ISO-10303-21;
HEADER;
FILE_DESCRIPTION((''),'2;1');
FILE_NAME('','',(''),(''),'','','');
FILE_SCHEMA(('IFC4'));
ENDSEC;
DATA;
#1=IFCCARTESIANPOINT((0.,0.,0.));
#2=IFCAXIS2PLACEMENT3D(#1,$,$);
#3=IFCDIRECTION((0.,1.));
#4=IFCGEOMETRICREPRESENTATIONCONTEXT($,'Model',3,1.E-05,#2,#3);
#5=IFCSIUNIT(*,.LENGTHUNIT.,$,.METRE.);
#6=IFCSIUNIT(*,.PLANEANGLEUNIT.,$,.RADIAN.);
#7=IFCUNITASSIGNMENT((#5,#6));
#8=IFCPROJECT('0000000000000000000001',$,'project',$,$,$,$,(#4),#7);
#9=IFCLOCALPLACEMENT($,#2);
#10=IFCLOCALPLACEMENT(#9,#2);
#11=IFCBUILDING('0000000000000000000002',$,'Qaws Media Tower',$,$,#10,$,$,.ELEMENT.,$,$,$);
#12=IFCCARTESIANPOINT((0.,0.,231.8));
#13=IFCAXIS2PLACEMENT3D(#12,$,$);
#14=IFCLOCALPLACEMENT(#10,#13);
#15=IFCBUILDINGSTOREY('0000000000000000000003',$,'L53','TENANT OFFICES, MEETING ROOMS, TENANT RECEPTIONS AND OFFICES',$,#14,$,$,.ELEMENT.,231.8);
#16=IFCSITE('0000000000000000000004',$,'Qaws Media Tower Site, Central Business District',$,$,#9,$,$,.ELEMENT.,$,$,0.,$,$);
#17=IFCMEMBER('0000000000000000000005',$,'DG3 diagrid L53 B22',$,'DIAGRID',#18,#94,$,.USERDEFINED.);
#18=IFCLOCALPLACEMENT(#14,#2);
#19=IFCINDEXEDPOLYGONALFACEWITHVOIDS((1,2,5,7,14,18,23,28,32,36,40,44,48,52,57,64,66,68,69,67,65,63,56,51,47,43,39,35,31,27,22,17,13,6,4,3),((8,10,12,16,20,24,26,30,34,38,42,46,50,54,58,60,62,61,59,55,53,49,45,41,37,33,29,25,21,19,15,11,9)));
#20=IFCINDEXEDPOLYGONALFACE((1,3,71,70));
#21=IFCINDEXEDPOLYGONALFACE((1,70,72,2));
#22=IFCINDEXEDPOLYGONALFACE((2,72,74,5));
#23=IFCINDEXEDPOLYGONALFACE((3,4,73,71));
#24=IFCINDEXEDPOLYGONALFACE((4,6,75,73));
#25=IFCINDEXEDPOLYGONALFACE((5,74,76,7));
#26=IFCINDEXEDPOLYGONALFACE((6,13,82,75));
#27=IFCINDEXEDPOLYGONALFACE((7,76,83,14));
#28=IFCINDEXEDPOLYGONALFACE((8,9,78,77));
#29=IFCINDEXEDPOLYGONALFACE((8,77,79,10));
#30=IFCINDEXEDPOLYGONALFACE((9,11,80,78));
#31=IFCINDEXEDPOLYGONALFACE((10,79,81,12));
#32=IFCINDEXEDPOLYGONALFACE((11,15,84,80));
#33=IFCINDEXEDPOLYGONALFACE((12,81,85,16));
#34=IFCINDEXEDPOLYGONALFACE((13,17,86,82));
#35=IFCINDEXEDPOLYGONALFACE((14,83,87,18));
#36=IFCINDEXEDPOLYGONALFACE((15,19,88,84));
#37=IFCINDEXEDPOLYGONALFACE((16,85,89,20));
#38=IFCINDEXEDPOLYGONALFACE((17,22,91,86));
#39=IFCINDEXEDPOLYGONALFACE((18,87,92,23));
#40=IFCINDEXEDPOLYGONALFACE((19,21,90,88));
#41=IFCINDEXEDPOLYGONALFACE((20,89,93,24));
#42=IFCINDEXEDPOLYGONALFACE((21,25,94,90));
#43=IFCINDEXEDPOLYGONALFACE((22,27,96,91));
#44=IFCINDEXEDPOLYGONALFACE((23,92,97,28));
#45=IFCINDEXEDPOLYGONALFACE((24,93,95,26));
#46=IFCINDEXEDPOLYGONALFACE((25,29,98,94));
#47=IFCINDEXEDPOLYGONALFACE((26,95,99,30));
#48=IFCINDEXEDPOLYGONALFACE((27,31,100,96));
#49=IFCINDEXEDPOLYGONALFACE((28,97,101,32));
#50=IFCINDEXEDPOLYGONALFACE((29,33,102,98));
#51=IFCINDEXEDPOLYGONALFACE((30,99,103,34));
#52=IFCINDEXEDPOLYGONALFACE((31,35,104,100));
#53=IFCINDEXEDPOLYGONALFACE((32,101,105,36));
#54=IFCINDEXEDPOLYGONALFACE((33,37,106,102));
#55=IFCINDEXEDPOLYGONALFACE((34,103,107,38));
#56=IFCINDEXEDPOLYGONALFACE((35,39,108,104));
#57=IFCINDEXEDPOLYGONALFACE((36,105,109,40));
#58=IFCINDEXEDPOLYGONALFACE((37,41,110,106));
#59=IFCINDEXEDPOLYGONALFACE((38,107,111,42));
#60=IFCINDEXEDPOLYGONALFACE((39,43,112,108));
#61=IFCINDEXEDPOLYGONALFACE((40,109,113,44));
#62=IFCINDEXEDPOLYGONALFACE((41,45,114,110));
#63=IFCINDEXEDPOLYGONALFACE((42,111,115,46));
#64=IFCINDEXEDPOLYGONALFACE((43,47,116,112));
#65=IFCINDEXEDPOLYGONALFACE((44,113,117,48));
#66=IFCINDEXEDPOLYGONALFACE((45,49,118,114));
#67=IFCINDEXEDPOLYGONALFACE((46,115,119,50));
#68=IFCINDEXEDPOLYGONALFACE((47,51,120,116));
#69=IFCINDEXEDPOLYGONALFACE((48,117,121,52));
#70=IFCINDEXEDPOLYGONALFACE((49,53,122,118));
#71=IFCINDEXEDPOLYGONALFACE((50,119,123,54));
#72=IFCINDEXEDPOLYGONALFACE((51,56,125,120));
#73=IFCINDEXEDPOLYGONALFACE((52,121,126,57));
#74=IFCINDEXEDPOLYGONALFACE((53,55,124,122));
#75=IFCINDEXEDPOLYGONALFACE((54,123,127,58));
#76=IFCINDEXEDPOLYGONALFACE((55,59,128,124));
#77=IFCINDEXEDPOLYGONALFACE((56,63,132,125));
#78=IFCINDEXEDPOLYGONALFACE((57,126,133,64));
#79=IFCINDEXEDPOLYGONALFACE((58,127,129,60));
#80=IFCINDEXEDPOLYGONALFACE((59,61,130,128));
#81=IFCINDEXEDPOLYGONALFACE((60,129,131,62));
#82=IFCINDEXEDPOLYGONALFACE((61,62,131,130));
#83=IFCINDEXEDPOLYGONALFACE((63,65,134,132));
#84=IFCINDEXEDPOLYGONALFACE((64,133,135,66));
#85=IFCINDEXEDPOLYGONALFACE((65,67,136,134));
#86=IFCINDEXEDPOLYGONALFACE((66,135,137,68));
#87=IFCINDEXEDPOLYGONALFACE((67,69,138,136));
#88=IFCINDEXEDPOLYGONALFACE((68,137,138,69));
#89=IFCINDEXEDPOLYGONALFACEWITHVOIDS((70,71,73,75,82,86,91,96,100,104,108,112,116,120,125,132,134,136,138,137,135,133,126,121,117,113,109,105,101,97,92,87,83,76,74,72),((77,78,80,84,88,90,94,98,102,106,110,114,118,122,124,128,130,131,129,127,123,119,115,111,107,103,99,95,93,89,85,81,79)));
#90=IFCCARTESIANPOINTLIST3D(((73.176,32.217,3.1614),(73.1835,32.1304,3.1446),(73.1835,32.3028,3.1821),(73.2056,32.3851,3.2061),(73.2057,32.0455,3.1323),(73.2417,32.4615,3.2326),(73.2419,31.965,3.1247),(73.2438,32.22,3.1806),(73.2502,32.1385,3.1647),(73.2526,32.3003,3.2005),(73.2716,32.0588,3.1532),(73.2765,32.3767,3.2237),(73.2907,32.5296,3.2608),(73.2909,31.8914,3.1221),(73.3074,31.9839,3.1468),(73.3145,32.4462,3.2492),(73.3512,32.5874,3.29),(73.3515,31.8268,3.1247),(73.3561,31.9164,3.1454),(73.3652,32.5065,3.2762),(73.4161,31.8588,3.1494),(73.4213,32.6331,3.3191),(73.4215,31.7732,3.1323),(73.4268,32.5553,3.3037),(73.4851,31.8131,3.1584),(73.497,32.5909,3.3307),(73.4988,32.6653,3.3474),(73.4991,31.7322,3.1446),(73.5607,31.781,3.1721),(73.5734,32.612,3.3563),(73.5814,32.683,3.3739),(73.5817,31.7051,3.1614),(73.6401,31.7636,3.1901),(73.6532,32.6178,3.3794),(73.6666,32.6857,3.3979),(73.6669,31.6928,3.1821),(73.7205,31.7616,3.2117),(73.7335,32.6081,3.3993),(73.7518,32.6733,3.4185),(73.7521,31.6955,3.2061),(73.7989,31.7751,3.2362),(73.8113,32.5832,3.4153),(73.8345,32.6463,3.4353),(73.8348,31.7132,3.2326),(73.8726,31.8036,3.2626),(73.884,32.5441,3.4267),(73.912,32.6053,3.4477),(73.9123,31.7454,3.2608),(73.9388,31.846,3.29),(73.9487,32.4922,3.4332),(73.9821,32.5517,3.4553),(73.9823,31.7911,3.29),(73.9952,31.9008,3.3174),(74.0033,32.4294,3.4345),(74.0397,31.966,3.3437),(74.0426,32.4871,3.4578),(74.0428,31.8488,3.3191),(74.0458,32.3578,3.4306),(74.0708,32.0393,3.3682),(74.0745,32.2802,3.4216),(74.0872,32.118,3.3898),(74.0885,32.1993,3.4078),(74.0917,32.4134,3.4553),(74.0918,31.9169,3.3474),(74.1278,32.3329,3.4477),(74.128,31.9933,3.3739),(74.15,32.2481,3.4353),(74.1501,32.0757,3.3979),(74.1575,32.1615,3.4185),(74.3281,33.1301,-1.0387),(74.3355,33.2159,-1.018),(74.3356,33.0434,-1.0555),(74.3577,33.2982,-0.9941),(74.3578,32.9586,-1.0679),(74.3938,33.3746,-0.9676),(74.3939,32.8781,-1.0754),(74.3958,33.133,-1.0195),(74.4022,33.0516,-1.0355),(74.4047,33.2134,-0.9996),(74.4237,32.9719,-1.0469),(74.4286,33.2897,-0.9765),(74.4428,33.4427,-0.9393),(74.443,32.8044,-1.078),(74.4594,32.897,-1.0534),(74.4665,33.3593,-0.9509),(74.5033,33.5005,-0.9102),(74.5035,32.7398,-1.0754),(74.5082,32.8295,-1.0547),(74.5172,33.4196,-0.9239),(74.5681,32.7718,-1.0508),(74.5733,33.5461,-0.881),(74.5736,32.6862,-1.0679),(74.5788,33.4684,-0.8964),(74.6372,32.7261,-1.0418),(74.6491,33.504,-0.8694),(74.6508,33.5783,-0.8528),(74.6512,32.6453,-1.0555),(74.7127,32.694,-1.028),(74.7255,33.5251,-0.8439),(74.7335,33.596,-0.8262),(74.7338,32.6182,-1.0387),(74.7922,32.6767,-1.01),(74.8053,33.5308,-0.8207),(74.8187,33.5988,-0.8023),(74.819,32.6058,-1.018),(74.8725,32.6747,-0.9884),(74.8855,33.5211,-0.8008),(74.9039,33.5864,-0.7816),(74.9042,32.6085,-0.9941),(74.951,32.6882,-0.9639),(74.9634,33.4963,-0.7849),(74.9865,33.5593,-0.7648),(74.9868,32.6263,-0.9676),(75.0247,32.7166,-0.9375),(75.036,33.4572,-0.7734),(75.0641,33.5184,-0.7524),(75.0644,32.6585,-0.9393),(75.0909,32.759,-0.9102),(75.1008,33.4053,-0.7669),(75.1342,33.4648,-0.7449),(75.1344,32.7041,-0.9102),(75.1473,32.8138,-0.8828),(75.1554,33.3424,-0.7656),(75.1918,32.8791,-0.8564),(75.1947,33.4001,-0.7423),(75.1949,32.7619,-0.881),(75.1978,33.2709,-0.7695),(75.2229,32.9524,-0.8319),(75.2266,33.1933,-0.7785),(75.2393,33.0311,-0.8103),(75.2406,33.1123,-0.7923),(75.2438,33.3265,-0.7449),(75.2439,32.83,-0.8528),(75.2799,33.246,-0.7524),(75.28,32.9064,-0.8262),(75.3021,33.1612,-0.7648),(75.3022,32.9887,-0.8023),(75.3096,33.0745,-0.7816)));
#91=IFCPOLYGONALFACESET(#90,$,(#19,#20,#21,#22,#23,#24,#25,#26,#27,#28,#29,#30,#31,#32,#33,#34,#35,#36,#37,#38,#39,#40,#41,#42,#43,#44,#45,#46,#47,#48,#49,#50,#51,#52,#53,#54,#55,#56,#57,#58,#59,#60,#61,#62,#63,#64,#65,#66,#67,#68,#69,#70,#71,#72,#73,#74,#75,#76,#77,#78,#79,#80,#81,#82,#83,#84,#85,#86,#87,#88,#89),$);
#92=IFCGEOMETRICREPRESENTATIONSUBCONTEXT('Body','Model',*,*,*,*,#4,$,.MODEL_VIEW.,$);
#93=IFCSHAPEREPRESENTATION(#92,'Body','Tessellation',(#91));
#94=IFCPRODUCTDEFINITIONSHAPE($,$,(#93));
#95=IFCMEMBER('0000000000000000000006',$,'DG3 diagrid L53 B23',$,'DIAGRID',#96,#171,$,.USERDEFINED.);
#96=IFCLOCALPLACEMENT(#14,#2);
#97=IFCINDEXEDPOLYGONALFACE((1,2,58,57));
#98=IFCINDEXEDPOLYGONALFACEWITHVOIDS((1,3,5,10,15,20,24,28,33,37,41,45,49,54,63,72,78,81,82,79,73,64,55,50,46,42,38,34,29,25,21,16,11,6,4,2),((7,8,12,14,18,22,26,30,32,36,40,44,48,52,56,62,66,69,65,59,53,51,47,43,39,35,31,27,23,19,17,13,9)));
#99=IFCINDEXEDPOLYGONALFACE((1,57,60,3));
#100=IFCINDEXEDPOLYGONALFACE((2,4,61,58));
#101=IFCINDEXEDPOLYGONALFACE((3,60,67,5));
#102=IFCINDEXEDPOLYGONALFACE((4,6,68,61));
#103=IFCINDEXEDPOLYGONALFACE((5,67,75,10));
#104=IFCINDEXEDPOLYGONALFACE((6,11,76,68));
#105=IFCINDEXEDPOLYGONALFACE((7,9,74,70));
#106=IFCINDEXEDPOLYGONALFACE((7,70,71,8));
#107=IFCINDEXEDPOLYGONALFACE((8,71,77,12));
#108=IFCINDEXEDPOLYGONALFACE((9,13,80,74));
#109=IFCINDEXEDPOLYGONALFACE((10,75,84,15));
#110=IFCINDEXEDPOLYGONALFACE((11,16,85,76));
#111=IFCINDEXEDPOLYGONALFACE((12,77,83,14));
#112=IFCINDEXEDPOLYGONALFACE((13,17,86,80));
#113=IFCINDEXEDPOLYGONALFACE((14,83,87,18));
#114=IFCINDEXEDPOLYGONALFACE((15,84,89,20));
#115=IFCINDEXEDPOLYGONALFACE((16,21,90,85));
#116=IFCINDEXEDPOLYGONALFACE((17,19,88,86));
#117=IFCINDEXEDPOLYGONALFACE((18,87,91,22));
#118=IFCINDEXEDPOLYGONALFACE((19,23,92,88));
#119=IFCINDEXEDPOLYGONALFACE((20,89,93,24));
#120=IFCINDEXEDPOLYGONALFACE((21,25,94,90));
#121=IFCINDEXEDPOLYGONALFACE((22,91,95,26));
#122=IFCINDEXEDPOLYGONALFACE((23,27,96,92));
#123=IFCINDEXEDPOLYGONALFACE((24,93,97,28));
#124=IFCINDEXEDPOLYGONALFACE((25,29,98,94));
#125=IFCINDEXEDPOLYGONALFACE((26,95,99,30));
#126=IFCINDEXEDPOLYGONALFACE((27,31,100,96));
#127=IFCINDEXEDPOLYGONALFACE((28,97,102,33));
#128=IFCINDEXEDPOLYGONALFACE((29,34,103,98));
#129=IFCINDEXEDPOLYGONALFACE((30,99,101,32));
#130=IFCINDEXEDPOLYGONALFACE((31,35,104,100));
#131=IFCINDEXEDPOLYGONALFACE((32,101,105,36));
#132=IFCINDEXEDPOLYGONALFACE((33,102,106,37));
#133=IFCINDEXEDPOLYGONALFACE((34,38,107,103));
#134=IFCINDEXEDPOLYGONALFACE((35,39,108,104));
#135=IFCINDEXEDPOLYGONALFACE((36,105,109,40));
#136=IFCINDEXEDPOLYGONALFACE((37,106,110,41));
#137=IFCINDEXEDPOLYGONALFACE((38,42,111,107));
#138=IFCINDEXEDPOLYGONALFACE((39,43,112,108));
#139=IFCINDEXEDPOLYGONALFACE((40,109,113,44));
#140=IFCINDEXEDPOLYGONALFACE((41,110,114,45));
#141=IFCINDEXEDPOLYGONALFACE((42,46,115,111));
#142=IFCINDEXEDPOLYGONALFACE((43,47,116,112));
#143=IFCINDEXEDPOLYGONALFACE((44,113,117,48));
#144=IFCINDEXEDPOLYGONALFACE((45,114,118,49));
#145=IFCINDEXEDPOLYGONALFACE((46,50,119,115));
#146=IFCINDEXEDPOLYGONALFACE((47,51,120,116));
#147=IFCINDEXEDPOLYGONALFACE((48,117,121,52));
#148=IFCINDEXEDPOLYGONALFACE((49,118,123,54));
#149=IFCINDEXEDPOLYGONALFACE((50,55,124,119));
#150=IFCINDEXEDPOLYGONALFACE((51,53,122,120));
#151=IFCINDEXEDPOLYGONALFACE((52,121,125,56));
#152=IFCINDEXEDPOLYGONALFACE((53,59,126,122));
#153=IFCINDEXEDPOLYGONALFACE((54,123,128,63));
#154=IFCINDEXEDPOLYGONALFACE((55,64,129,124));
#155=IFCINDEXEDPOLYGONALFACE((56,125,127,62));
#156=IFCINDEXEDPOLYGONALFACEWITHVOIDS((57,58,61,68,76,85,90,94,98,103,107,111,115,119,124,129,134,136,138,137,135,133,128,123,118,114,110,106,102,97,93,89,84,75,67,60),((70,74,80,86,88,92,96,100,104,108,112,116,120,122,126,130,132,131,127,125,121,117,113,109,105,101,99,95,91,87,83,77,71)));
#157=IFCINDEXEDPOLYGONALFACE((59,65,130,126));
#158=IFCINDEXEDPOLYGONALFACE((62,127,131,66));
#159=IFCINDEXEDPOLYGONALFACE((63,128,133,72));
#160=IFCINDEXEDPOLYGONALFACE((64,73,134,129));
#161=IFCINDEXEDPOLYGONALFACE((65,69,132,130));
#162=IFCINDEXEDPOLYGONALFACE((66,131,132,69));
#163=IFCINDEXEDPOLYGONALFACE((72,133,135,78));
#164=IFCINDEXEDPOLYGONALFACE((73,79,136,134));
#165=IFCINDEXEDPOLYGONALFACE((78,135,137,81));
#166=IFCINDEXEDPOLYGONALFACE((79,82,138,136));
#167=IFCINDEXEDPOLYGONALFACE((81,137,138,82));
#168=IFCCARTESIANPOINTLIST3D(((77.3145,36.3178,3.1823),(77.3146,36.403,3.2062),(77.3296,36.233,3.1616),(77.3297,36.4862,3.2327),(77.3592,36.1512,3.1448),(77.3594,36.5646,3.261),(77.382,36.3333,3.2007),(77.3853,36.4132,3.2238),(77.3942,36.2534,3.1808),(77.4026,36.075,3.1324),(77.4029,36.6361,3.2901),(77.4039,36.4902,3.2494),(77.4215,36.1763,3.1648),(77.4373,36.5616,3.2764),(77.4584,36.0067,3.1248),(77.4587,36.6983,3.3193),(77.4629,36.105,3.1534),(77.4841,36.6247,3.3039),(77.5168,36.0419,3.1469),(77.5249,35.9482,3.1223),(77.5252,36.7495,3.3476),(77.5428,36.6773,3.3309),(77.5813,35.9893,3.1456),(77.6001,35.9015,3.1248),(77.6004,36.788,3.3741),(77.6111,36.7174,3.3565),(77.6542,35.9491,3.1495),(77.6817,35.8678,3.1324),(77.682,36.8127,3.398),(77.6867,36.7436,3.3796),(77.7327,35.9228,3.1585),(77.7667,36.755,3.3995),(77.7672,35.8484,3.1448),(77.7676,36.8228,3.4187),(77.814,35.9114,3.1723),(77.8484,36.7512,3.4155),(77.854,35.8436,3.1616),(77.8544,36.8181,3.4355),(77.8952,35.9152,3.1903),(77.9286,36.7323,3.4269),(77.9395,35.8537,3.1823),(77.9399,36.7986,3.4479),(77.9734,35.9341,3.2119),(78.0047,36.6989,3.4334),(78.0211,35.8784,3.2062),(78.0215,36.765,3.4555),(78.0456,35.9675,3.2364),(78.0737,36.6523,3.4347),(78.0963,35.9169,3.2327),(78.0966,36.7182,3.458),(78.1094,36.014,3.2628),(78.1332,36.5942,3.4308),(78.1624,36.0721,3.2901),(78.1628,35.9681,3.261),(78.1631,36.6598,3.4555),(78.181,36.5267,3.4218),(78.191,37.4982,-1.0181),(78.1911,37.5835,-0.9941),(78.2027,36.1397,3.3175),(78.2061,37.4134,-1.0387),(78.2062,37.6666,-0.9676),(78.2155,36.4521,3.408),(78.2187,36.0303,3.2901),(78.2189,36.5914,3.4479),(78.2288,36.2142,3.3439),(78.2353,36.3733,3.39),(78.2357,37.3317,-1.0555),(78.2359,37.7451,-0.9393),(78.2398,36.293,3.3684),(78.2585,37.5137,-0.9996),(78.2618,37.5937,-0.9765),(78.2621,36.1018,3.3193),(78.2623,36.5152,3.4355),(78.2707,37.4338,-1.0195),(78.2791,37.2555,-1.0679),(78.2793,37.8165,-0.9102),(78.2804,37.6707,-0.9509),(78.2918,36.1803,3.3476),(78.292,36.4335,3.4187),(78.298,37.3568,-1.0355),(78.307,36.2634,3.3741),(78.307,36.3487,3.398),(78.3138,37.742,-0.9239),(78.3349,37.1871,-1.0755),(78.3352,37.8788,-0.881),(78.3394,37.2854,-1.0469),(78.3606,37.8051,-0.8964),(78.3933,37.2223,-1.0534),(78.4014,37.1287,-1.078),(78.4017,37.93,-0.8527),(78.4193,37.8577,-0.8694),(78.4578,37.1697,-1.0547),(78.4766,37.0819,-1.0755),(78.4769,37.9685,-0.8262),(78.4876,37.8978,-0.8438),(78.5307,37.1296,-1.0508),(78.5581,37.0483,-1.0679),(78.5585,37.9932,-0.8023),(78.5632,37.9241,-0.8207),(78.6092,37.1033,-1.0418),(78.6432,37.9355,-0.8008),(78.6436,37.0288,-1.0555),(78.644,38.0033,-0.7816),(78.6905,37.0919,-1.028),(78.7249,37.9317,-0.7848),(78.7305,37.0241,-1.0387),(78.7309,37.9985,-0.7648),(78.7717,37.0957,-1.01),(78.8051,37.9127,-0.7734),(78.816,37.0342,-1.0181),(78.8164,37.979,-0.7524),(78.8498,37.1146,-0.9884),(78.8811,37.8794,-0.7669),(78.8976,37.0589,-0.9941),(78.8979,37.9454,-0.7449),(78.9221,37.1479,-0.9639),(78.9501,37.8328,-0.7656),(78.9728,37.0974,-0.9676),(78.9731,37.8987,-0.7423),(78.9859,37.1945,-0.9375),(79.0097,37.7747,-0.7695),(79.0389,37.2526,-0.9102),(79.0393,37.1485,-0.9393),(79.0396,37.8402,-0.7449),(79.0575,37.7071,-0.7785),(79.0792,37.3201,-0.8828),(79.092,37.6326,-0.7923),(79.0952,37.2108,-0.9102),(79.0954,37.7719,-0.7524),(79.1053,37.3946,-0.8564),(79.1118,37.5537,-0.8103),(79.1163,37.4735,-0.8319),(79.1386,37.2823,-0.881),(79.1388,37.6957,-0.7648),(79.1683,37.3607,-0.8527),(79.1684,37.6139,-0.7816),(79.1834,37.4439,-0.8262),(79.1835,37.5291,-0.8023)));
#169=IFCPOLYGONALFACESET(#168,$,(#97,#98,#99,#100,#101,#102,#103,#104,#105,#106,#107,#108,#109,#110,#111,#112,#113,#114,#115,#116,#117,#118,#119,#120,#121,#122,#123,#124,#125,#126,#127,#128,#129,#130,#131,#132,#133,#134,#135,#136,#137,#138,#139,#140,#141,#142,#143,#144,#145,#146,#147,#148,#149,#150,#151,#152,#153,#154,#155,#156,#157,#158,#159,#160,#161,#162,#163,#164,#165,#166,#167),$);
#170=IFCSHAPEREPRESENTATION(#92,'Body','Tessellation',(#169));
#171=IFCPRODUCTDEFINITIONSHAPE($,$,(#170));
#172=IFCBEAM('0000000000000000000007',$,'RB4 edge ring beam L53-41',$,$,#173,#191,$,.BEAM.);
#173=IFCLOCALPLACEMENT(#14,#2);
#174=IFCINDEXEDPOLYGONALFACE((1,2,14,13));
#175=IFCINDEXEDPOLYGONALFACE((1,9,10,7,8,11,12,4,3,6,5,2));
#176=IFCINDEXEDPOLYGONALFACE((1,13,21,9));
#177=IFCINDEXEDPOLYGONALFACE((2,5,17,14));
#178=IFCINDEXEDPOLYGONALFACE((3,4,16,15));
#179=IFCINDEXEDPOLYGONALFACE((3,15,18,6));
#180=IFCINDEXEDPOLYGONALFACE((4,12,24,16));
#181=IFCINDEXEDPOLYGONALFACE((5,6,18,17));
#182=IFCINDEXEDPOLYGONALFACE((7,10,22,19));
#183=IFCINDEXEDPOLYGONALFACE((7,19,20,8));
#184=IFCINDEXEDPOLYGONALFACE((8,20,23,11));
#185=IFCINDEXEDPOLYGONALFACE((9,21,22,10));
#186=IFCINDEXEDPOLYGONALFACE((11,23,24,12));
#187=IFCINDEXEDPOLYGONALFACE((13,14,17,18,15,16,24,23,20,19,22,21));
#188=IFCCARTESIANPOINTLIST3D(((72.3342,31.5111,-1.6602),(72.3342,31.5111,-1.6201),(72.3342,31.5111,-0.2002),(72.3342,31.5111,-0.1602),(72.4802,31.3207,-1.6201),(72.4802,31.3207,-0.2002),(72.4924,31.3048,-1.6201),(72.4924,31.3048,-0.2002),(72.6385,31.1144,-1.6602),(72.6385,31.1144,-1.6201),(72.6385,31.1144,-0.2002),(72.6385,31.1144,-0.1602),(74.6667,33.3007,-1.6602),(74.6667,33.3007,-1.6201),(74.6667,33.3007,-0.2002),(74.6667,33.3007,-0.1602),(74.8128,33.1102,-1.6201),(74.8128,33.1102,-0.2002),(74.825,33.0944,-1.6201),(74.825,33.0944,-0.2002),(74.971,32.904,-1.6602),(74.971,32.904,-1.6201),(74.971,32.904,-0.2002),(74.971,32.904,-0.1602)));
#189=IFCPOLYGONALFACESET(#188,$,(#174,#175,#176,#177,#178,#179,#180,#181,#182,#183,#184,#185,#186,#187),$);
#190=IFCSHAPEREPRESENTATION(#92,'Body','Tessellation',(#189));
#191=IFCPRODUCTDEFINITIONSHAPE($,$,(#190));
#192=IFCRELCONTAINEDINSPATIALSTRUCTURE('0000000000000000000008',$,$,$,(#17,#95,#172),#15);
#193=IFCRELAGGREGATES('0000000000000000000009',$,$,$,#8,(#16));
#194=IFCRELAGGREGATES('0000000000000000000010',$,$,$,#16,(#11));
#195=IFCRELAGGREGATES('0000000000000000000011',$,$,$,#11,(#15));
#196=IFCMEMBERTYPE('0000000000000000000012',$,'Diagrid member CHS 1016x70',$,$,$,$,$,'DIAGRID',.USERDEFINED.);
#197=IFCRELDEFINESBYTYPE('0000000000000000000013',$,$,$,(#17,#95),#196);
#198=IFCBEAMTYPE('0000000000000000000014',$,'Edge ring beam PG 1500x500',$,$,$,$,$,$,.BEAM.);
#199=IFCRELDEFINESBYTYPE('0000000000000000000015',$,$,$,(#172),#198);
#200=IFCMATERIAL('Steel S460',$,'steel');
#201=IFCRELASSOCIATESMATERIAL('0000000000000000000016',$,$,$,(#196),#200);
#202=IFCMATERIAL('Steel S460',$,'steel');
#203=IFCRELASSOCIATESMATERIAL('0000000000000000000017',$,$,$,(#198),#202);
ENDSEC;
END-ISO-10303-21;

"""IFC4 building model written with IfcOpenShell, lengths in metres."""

from ifc_helpers import new_model, si_unit, direction, frame, origin, origin_2d, place, context, subcontext, project, spatial, hollow_circle, i_section, extrude, material, material_profile, profile_set, type_object, element, save


model = new_model("IFC4")

# Units and contexts
model_context = context("Model", 3, precision=1e-05, world=origin(), true_north=direction((0.0, 1.0)))
body_context = subcontext(model_context, "Body", "Model", "MODEL_VIEW")
ifc_project = project(units=[si_unit("LENGTHUNIT", "METRE"), si_unit("PLANEANGLEUNIT", "RADIAN")], contexts=[model_context])

# Site, building, storey
site_placement = place(None, origin())
site = spatial("IfcSite", under=ifc_project, at=site_placement, Name="Qaws Media Tower Site, Central Business District", CompositionType="ELEMENT", RefElevation=0.0)
building_placement = place(site_placement, origin())
building = spatial("IfcBuilding", under=site, at=building_placement, Name="Qaws Media Tower", CompositionType="ELEMENT")
storey_placement = place(building_placement, frame((0.0, 0.0, 231.8)))
storey = spatial("IfcBuildingStorey", under=building, at=storey_placement, Name="L53", Description="TENANT OFFICES, MEETING ROOMS, TENANT RECEPTIONS AND OFFICES", CompositionType="ELEMENT", Elevation=231.8)

# Members
ifc_material_1 = material(Name="Steel S460", Category="steel")
ifc_material_profile_1 = material_profile(ifc_material_1, hollow_circle(Radius=0.5081, WallThickness=0.0701, at=origin_2d()), Name="CHS 1016x70")
ifc_profile_set_1 = profile_set([ifc_material_profile_1], Name="Steel S460")
member_type_1 = type_object("IfcMemberType", Name="Diagrid member CHS 1016x70", ElementType="DIAGRID", PredefinedType="USERDEFINED", material=ifc_profile_set_1)
for number, where, z_axis, x_axis, name in (
    (1, (74.8188, 33.1023, -0.9102), (-0.258897, -0.205187, 0.943859), (0.621124, -0.783712, 0.0), "DG3 diagrid L53 B22"),
):
    element("IfcMember", number, at=place(storey_placement, frame(where, z_axis=z_axis, x_axis=x_axis)), inside=storey, type_object=member_type_1, Name=name, ObjectType="DIAGRID", PredefinedType="USERDEFINED", context=body_context, shape_type="SweptSolid", body=[
        extrude(hollow_circle(Radius=0.5081, WallThickness=0.0701, at=origin_2d()), origin(), (0.0, 0.0, 1.0), 4.45),
    ])
member_1_placement = place(storey_placement, frame((78.6873, 37.5137, -0.9102), z_axis=(-0.196955, -0.265258, 0.943847), x_axis=(0.80288, -0.596141, 0.0)))
element("IfcMember", 2, at=member_1_placement, inside=storey, type_object=member_type_1, Name="DG3 diagrid L53 B23", ObjectType="DIAGRID", PredefinedType="USERDEFINED", context=body_context, shape_type="SweptSolid", body=[
    extrude(hollow_circle(Radius=0.5081, WallThickness=0.0701, at=origin_2d()), origin(), (0.0, 0.0, 1.0), 4.4502),
])

# Beam
ifc_material_2 = material(Name="Steel S460", Category="steel")
ifc_material_profile_2 = material_profile(ifc_material_2, i_section(OverallWidth=0.5, OverallDepth=1.5, WebThickness=0.02, FlangeThickness=0.04, at=origin_2d()), Name="PG 1500x500")
ifc_profile_set_2 = profile_set([ifc_material_profile_2], Name="Steel S460")
beam_type = type_object("IfcBeamType", Name="Edge ring beam PG 1500x500", PredefinedType="BEAM", material=ifc_profile_set_2)
for number, where, z_axis, x_axis, name in (
    (3, (72.4863, 31.3127, -0.9102), (0.793395, 0.608707, 0.0), (-0.608707, 0.793395, 0.0), "RB4 edge ring beam L53-41"),
):
    element("IfcBeam", number, at=place(storey_placement, frame(where, z_axis=z_axis, x_axis=x_axis)), inside=storey, type_object=beam_type, Name=name, PredefinedType="BEAM", context=body_context, shape_type="SweptSolid", body=[
        extrude(i_section(OverallWidth=0.5, OverallDepth=1.5, WebThickness=0.02, FlangeThickness=0.04, at=origin_2d()), origin(), (0.0, 0.0, 1.0), 2.9399),
    ])

save(model, "model.ifc")
